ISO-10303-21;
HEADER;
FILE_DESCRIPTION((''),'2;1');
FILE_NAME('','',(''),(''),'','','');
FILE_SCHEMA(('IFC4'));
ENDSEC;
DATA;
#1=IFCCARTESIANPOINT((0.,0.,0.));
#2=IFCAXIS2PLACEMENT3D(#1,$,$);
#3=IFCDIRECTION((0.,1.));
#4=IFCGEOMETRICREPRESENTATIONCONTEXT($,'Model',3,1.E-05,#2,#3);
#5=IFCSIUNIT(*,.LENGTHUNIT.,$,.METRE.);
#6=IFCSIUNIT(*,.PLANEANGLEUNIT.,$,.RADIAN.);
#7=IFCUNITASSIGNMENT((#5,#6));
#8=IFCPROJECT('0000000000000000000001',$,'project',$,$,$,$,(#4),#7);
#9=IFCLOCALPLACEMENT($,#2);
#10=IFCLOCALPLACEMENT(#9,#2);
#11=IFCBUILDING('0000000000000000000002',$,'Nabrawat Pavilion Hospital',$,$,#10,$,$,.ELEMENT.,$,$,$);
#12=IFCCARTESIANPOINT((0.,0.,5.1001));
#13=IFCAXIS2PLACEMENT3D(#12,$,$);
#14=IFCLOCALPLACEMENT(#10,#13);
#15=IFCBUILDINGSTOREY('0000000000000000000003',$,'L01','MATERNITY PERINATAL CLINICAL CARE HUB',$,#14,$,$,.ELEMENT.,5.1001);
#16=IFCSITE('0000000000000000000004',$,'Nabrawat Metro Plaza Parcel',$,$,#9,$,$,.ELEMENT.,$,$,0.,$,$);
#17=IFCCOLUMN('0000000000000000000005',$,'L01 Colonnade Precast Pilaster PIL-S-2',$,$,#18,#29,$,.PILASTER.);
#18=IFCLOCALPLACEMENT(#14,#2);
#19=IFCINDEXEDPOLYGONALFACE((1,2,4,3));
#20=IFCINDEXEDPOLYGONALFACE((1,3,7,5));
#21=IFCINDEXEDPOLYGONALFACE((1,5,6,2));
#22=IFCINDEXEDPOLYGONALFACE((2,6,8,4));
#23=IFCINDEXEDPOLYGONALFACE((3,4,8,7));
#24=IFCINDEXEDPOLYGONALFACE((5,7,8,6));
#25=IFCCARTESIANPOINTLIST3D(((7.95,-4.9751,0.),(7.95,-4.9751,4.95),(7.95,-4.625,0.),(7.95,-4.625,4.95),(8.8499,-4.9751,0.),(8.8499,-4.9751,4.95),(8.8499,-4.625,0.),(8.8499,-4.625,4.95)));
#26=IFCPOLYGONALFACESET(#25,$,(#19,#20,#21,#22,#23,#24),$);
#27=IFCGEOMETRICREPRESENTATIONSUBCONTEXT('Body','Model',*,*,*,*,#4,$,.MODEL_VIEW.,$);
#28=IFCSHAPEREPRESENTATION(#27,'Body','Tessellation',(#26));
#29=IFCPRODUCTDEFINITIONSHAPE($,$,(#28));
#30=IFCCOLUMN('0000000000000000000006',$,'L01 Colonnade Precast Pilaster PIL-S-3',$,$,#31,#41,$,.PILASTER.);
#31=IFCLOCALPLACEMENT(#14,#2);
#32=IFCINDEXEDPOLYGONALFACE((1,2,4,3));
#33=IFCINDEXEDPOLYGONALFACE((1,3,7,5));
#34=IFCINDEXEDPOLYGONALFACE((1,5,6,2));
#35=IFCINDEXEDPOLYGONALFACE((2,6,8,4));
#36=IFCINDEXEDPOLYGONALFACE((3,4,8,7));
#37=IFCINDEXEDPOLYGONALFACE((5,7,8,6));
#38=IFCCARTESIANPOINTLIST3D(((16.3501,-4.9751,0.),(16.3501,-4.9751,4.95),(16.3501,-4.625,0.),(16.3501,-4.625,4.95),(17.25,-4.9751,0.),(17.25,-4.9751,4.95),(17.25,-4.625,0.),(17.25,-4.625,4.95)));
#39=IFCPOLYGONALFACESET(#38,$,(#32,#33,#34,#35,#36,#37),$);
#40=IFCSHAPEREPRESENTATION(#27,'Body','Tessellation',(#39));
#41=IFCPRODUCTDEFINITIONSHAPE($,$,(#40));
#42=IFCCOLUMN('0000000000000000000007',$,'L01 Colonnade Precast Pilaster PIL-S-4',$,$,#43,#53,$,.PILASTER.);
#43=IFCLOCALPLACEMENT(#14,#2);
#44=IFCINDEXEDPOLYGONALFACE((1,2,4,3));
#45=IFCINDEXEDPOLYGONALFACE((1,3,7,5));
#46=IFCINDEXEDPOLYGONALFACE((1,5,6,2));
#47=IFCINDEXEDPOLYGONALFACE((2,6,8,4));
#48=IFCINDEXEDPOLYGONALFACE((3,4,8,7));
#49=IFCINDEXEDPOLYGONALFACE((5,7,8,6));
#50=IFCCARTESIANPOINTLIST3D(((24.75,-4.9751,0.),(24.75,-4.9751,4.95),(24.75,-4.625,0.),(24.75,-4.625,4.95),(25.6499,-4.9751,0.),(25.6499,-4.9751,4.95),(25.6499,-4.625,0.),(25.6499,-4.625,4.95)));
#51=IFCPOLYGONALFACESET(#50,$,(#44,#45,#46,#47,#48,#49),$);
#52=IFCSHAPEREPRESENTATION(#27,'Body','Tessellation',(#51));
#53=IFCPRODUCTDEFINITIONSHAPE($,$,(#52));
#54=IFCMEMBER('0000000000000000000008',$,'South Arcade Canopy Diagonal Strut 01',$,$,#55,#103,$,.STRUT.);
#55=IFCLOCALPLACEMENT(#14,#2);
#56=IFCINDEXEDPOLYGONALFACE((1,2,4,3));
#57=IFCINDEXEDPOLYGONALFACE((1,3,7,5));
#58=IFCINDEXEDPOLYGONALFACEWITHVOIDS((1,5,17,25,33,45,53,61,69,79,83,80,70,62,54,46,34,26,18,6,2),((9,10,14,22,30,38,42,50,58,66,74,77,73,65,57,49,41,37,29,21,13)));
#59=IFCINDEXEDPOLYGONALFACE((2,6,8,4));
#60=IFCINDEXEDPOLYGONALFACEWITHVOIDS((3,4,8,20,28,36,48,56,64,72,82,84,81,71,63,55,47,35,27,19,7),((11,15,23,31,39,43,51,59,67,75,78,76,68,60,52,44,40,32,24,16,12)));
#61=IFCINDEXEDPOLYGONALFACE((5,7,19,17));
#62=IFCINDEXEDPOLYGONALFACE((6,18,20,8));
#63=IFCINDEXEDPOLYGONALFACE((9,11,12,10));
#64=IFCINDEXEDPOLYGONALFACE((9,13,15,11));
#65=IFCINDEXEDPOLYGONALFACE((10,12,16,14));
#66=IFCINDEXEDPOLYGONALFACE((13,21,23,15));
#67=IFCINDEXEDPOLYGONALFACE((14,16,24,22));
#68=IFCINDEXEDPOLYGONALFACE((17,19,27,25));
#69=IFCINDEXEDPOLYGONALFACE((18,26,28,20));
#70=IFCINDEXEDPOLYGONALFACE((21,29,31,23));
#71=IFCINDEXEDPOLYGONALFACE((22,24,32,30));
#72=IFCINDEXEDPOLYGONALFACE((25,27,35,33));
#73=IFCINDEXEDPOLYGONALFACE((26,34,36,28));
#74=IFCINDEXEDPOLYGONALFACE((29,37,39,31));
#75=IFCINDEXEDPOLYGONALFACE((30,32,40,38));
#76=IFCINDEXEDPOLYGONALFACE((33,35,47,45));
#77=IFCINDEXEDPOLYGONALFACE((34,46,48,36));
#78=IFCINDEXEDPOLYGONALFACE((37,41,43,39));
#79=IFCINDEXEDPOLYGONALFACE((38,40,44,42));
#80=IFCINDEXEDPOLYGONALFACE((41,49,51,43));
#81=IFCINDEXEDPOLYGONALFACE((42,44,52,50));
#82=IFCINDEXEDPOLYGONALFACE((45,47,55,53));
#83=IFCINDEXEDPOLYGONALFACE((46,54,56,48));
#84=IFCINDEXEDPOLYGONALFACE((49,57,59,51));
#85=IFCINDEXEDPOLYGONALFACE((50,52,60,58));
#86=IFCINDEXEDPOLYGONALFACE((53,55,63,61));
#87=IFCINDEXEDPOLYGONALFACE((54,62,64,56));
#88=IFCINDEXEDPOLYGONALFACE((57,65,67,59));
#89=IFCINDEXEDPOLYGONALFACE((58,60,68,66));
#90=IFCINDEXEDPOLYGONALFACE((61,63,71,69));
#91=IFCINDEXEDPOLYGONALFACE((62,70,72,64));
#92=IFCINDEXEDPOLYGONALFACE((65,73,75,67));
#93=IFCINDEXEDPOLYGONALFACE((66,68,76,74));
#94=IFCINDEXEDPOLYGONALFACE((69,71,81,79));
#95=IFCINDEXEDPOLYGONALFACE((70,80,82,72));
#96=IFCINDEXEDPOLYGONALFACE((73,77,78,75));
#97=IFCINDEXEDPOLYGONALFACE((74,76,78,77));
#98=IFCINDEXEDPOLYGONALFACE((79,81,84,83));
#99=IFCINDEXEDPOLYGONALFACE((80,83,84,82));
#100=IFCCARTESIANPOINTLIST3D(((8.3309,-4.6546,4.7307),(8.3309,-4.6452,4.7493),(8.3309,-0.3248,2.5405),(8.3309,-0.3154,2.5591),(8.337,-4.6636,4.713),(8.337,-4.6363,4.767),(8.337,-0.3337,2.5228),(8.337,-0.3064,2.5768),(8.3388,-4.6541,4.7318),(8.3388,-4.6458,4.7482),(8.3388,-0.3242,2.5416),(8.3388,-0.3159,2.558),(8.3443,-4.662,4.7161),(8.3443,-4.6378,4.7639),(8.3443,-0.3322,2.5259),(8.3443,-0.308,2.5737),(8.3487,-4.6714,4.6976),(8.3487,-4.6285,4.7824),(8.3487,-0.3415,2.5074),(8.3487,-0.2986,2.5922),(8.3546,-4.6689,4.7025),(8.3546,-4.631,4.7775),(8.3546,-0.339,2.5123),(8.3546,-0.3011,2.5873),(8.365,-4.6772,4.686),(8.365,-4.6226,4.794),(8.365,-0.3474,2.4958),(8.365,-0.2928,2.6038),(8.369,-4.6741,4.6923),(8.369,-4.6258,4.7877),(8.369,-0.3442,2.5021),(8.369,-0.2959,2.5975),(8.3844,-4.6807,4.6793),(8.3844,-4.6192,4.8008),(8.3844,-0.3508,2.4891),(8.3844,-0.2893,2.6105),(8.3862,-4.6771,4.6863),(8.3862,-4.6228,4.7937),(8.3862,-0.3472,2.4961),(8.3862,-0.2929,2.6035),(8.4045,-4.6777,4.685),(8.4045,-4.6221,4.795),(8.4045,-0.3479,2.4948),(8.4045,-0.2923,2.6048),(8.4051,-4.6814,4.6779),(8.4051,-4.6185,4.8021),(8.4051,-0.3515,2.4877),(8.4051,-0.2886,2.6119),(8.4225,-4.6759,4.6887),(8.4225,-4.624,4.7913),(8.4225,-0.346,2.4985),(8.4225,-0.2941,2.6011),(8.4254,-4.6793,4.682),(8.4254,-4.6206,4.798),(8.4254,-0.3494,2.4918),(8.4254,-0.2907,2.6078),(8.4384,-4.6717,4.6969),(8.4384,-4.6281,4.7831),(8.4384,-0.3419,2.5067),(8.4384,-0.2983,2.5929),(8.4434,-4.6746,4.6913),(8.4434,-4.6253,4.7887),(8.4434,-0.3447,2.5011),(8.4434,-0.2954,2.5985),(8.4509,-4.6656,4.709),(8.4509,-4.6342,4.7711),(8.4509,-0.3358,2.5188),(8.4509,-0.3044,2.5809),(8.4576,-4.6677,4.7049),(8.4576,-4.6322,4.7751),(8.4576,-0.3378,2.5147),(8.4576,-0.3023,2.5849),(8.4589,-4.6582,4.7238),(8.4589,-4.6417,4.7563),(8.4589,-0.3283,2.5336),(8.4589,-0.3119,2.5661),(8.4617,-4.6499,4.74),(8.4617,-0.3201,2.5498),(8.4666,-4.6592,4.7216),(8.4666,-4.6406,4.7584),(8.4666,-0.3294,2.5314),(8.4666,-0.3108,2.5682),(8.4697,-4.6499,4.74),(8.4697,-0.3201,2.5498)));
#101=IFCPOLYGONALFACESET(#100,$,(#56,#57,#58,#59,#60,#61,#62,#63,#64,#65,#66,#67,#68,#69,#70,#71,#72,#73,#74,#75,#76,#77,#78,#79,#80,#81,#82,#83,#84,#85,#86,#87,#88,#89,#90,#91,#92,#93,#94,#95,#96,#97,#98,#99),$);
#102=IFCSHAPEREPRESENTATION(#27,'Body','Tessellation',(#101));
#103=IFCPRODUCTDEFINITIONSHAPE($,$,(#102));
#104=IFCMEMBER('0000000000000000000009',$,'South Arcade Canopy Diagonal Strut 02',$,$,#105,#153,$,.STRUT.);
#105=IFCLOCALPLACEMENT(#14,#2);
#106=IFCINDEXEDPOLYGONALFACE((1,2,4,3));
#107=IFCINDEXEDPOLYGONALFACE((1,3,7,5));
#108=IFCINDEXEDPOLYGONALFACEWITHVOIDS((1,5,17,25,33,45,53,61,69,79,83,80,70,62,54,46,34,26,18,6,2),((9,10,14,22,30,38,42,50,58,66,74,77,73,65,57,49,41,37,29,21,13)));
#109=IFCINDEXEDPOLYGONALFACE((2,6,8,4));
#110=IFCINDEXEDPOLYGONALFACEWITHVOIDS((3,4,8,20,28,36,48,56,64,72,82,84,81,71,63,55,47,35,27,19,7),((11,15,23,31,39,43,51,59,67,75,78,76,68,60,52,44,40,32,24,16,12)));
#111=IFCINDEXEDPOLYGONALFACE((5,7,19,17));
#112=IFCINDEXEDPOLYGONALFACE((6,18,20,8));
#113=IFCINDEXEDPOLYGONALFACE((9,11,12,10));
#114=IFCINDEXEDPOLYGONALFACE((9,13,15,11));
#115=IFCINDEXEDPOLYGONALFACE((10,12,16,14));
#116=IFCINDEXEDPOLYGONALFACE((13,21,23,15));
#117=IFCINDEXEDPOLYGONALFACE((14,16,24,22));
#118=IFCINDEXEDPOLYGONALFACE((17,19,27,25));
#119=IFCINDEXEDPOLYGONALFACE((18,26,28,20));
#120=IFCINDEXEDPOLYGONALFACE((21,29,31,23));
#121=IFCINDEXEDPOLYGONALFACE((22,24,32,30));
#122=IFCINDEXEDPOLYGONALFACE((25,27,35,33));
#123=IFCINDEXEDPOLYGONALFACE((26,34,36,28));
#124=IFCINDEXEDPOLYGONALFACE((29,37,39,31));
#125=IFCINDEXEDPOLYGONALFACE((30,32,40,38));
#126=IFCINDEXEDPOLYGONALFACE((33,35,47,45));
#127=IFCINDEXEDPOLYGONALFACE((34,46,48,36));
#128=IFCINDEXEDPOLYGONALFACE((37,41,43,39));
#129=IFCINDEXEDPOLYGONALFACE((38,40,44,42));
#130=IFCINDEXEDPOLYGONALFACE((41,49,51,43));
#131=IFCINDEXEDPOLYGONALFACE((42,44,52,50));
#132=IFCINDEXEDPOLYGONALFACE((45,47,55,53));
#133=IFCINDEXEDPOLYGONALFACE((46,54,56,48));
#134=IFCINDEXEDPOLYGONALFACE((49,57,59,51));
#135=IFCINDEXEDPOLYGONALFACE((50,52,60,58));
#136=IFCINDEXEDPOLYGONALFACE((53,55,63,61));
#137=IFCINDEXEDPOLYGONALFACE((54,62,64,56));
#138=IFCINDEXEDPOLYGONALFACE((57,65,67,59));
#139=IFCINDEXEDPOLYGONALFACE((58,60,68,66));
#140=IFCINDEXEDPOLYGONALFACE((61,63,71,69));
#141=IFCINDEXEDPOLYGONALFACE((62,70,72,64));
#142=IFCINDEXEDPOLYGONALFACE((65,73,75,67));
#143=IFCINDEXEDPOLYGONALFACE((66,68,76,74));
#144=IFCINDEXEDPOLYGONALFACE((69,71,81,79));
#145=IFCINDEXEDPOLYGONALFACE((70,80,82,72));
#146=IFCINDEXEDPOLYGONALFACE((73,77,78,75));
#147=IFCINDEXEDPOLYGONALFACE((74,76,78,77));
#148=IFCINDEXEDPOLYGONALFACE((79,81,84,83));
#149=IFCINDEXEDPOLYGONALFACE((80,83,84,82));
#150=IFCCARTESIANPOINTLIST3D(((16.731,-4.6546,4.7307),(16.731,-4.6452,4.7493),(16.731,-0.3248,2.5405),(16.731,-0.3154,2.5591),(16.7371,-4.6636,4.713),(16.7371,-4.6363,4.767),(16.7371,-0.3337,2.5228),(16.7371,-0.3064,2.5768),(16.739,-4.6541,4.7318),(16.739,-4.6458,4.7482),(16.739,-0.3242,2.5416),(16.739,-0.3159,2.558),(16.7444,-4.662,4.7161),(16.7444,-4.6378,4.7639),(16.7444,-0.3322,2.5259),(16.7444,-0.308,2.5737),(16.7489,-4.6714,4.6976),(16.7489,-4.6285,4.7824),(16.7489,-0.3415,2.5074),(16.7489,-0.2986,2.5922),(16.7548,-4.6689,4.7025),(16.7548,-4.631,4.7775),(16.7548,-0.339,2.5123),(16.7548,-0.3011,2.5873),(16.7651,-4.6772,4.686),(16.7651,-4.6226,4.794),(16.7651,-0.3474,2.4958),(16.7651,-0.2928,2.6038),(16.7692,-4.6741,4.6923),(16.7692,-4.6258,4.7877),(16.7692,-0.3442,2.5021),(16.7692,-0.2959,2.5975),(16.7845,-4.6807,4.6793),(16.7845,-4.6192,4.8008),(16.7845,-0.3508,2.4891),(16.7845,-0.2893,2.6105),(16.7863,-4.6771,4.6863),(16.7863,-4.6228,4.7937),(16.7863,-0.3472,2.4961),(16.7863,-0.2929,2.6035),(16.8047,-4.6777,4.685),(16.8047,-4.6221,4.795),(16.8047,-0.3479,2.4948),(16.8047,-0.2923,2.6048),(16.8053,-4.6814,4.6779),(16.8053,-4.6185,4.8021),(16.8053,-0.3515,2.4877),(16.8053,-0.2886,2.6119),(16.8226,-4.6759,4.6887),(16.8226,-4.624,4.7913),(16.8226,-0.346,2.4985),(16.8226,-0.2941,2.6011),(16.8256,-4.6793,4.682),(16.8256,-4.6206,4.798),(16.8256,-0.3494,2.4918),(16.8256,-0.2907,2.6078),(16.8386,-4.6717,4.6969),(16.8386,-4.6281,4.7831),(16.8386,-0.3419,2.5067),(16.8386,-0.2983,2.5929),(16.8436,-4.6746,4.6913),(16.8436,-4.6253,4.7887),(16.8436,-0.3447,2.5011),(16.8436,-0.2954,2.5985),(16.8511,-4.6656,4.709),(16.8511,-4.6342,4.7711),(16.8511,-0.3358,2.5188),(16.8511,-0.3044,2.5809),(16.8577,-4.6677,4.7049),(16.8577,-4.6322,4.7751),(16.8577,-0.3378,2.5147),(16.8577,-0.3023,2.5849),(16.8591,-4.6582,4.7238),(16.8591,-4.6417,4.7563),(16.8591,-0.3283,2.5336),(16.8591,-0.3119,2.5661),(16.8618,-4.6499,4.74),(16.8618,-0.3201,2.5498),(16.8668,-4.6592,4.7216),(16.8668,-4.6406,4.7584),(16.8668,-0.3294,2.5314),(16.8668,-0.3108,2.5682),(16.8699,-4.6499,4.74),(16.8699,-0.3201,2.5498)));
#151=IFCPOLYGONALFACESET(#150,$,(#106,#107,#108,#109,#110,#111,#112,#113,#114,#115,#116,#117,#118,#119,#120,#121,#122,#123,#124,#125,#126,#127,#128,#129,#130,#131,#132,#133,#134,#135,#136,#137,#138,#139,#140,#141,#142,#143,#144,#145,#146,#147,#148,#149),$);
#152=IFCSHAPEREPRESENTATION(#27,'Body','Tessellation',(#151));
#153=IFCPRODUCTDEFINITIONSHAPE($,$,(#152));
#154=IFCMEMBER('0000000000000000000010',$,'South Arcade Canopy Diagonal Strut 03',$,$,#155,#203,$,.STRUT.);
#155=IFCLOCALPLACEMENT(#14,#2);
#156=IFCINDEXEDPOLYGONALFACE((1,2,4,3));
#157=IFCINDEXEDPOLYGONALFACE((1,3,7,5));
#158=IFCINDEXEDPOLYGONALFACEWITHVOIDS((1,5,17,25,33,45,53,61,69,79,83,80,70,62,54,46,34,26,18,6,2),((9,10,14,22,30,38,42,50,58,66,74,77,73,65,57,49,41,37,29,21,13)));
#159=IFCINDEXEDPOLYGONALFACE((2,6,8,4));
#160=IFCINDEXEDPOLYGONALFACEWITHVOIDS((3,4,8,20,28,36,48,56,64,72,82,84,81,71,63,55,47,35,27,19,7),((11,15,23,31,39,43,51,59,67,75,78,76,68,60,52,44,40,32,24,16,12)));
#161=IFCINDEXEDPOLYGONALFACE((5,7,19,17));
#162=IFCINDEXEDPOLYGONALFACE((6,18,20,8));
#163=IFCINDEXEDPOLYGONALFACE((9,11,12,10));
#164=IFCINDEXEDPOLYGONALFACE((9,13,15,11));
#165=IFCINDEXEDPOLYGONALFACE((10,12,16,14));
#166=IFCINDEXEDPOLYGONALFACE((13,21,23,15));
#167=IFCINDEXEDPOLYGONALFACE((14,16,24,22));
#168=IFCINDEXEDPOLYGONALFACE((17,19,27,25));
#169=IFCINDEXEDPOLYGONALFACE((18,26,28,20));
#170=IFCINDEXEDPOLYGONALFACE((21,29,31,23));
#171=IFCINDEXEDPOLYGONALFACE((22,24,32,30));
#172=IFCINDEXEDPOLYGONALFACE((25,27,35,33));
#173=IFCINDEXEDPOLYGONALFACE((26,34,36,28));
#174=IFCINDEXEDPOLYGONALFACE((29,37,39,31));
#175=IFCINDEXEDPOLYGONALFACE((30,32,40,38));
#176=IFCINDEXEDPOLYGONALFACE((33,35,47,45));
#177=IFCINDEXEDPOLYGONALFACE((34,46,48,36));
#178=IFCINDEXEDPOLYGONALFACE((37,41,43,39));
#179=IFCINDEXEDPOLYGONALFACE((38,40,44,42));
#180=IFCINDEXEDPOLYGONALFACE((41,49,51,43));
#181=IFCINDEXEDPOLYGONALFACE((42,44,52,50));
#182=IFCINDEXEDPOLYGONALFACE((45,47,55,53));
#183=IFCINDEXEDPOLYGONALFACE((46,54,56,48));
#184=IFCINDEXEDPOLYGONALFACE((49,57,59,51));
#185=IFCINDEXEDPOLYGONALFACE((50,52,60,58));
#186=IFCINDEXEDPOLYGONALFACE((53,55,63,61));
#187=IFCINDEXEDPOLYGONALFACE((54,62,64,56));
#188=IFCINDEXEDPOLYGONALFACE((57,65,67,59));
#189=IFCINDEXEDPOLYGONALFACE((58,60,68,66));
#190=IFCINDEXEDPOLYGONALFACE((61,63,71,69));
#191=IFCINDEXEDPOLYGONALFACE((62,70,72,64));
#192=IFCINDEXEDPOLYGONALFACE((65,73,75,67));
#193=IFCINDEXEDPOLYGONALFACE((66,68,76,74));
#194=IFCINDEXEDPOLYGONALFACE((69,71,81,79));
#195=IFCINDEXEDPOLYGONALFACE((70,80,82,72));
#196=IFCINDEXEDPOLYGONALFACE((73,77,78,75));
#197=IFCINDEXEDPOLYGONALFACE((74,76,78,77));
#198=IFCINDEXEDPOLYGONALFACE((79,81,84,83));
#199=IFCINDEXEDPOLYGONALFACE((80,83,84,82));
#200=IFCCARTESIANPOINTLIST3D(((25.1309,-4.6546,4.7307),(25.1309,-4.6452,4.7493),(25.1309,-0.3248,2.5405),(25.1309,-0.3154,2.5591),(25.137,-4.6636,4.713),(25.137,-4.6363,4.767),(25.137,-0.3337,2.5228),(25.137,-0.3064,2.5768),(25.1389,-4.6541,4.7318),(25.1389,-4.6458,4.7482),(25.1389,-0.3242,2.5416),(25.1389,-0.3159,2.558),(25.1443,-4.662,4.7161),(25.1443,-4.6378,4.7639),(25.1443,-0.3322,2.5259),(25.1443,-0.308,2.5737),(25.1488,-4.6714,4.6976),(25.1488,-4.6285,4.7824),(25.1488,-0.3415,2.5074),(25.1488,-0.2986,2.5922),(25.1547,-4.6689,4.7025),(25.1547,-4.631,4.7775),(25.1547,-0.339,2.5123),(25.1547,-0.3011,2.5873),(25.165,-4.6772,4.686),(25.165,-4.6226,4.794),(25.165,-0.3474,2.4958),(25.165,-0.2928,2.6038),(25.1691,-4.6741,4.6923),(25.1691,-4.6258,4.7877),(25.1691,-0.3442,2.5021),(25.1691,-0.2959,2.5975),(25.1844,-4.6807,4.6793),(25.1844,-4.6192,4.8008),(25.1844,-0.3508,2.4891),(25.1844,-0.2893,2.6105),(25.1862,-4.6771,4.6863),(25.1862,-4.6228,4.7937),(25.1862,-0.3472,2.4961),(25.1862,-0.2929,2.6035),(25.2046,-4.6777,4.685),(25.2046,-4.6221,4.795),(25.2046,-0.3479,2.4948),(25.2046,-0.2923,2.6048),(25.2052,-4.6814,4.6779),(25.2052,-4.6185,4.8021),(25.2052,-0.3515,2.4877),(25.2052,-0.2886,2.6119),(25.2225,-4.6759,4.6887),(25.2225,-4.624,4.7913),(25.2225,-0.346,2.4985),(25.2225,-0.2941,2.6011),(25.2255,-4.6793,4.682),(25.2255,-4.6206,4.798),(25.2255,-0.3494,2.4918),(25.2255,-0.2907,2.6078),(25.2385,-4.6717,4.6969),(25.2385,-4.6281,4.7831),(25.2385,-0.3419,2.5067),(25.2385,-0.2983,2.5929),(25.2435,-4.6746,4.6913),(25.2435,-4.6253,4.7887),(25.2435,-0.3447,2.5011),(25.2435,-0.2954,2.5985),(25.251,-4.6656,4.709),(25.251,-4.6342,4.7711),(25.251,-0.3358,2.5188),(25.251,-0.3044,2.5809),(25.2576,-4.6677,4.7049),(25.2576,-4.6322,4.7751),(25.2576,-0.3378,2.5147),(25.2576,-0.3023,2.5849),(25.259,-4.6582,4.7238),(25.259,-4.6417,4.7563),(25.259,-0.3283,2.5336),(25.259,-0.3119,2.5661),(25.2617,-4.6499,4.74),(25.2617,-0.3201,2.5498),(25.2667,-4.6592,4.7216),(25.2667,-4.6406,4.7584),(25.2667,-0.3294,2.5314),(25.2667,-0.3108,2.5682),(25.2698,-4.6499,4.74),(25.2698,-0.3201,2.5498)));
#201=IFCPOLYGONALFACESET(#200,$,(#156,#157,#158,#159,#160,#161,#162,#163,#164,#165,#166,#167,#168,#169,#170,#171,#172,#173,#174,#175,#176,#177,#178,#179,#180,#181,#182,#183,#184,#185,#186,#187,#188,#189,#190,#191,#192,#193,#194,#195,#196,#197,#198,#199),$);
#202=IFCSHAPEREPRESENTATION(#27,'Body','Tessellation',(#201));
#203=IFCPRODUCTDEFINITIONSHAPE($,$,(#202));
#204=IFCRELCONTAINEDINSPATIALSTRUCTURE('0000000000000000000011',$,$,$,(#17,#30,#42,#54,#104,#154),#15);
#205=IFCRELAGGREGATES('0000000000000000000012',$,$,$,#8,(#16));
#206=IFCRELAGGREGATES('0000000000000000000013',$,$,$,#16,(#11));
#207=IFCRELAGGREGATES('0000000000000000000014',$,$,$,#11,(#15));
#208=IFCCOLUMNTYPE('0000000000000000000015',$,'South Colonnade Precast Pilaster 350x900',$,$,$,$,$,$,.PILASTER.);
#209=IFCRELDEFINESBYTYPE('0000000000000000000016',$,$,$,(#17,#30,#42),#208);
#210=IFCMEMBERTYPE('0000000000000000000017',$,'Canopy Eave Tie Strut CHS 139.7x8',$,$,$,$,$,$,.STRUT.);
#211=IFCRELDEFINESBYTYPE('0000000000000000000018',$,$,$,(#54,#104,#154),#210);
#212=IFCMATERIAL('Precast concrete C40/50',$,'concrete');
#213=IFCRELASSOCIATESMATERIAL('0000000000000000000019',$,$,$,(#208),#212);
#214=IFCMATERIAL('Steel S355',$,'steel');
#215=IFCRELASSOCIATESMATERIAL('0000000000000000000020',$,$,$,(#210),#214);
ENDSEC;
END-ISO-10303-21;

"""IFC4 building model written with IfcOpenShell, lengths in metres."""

from ifc_helpers import new_model, si_unit, direction, frame, origin, origin_2d, place, context, subcontext, project, spatial, rectangle, hollow_circle, extrude, material, material_profile, profile_set, type_object, element, save


model = new_model("IFC4")

# Units and contexts
model_context = context("Model", 3, precision=1e-05, world=origin(), true_north=direction((0.0, 1.0)))
body_context = subcontext(model_context, "Body", "Model", "MODEL_VIEW")
ifc_project = project(units=[si_unit("LENGTHUNIT", "METRE"), si_unit("PLANEANGLEUNIT", "RADIAN")], contexts=[model_context])

# Site, building, storey
site_placement = place(None, origin())
site = spatial("IfcSite", under=ifc_project, at=site_placement, Name="Nabrawat Metro Plaza Parcel", CompositionType="ELEMENT", RefElevation=0.0)
building_placement = place(site_placement, origin())
building = spatial("IfcBuilding", under=site, at=building_placement, Name="Nabrawat Pavilion Hospital", CompositionType="ELEMENT")
storey_placement = place(building_placement, frame((0.0, 0.0, 5.1001)))
storey = spatial("IfcBuildingStorey", under=building, at=storey_placement, Name="L01", Description="MATERNITY PERINATAL CLINICAL CARE HUB", CompositionType="ELEMENT", Elevation=5.1001)

# Columns
ifc_material_1 = material(Name="Precast concrete C40/50", Category="concrete")
ifc_material_profile_1 = material_profile(ifc_material_1, rectangle(XDim=0.3501, YDim=0.8999, at=origin_2d()), Name="PC 350x900")
ifc_profile_set_1 = profile_set([ifc_material_profile_1], Name="Precast concrete C40/50")
column_type = type_object("IfcColumnType", Name="South Colonnade Precast Pilaster 350x900", PredefinedType="PILASTER", material=ifc_profile_set_1)
for number, where, z_axis, x_axis, name in (
    (1, (8.3999, -4.8, 0.0), (0.0, 0.0, 1.0), (0.0, 1.0, 0.0), "L01 Colonnade Precast Pilaster PIL-S-2"),
    (2, (16.8, -4.8, 0.0), (0.0, 0.0, 1.0), (0.0, 1.0, 0.0), "L01 Colonnade Precast Pilaster PIL-S-3"),
    (3, (25.2, -4.8, 0.0), (0.0, 0.0, 1.0), (0.0, 1.0, 0.0), "L01 Colonnade Precast Pilaster PIL-S-4"),
):
    element("IfcColumn", number, at=place(storey_placement, frame(where, z_axis=z_axis, x_axis=x_axis)), inside=storey, type_object=column_type, Name=name, PredefinedType="PILASTER", context=body_context, shape_type="SweptSolid", body=[
        extrude(rectangle(XDim=0.3501, YDim=0.8999, at=origin_2d()), origin(), (0.0, 0.0, 1.0), 4.95),
    ])

# Members
ifc_material_2 = material(Name="Steel S355", Category="steel")
ifc_material_profile_2 = material_profile(ifc_material_2, hollow_circle(Radius=0.0698, WallThickness=0.0081, at=origin_2d()), Name="CHS 139.7x8")
ifc_profile_set_2 = profile_set([ifc_material_profile_2], Name="Steel S355")
member_type = type_object("IfcMemberType", Name="Canopy Eave Tie Strut CHS 139.7x8", PredefinedType="STRUT", material=ifc_profile_set_2)
for number, where, z_axis, x_axis, name in (
    (4, (8.3999, -0.3201, 2.5498), (0.0, -0.892334, 0.451375), (1.0, 0.0, 0.0), "South Arcade Canopy Diagonal Strut 01"),
    (5, (16.8, -0.3201, 2.5498), (0.0, -0.892334, 0.451375), (1.0, 0.0, 0.0), "South Arcade Canopy Diagonal Strut 02"),
    (6, (25.2, -0.3201, 2.5498), (0.0, -0.892334, 0.451375), (1.0, 0.0, 0.0), "South Arcade Canopy Diagonal Strut 03"),
):
    element("IfcMember", number, at=place(storey_placement, frame(where, z_axis=z_axis, x_axis=x_axis)), inside=storey, type_object=member_type, Name=name, PredefinedType="STRUT", context=body_context, shape_type="SweptSolid", body=[
        extrude(hollow_circle(Radius=0.0698, WallThickness=0.0081, at=origin_2d()), origin(), (0.0, 0.0, 1.0), 4.8523),
    ])

save(model, "model.ifc")
